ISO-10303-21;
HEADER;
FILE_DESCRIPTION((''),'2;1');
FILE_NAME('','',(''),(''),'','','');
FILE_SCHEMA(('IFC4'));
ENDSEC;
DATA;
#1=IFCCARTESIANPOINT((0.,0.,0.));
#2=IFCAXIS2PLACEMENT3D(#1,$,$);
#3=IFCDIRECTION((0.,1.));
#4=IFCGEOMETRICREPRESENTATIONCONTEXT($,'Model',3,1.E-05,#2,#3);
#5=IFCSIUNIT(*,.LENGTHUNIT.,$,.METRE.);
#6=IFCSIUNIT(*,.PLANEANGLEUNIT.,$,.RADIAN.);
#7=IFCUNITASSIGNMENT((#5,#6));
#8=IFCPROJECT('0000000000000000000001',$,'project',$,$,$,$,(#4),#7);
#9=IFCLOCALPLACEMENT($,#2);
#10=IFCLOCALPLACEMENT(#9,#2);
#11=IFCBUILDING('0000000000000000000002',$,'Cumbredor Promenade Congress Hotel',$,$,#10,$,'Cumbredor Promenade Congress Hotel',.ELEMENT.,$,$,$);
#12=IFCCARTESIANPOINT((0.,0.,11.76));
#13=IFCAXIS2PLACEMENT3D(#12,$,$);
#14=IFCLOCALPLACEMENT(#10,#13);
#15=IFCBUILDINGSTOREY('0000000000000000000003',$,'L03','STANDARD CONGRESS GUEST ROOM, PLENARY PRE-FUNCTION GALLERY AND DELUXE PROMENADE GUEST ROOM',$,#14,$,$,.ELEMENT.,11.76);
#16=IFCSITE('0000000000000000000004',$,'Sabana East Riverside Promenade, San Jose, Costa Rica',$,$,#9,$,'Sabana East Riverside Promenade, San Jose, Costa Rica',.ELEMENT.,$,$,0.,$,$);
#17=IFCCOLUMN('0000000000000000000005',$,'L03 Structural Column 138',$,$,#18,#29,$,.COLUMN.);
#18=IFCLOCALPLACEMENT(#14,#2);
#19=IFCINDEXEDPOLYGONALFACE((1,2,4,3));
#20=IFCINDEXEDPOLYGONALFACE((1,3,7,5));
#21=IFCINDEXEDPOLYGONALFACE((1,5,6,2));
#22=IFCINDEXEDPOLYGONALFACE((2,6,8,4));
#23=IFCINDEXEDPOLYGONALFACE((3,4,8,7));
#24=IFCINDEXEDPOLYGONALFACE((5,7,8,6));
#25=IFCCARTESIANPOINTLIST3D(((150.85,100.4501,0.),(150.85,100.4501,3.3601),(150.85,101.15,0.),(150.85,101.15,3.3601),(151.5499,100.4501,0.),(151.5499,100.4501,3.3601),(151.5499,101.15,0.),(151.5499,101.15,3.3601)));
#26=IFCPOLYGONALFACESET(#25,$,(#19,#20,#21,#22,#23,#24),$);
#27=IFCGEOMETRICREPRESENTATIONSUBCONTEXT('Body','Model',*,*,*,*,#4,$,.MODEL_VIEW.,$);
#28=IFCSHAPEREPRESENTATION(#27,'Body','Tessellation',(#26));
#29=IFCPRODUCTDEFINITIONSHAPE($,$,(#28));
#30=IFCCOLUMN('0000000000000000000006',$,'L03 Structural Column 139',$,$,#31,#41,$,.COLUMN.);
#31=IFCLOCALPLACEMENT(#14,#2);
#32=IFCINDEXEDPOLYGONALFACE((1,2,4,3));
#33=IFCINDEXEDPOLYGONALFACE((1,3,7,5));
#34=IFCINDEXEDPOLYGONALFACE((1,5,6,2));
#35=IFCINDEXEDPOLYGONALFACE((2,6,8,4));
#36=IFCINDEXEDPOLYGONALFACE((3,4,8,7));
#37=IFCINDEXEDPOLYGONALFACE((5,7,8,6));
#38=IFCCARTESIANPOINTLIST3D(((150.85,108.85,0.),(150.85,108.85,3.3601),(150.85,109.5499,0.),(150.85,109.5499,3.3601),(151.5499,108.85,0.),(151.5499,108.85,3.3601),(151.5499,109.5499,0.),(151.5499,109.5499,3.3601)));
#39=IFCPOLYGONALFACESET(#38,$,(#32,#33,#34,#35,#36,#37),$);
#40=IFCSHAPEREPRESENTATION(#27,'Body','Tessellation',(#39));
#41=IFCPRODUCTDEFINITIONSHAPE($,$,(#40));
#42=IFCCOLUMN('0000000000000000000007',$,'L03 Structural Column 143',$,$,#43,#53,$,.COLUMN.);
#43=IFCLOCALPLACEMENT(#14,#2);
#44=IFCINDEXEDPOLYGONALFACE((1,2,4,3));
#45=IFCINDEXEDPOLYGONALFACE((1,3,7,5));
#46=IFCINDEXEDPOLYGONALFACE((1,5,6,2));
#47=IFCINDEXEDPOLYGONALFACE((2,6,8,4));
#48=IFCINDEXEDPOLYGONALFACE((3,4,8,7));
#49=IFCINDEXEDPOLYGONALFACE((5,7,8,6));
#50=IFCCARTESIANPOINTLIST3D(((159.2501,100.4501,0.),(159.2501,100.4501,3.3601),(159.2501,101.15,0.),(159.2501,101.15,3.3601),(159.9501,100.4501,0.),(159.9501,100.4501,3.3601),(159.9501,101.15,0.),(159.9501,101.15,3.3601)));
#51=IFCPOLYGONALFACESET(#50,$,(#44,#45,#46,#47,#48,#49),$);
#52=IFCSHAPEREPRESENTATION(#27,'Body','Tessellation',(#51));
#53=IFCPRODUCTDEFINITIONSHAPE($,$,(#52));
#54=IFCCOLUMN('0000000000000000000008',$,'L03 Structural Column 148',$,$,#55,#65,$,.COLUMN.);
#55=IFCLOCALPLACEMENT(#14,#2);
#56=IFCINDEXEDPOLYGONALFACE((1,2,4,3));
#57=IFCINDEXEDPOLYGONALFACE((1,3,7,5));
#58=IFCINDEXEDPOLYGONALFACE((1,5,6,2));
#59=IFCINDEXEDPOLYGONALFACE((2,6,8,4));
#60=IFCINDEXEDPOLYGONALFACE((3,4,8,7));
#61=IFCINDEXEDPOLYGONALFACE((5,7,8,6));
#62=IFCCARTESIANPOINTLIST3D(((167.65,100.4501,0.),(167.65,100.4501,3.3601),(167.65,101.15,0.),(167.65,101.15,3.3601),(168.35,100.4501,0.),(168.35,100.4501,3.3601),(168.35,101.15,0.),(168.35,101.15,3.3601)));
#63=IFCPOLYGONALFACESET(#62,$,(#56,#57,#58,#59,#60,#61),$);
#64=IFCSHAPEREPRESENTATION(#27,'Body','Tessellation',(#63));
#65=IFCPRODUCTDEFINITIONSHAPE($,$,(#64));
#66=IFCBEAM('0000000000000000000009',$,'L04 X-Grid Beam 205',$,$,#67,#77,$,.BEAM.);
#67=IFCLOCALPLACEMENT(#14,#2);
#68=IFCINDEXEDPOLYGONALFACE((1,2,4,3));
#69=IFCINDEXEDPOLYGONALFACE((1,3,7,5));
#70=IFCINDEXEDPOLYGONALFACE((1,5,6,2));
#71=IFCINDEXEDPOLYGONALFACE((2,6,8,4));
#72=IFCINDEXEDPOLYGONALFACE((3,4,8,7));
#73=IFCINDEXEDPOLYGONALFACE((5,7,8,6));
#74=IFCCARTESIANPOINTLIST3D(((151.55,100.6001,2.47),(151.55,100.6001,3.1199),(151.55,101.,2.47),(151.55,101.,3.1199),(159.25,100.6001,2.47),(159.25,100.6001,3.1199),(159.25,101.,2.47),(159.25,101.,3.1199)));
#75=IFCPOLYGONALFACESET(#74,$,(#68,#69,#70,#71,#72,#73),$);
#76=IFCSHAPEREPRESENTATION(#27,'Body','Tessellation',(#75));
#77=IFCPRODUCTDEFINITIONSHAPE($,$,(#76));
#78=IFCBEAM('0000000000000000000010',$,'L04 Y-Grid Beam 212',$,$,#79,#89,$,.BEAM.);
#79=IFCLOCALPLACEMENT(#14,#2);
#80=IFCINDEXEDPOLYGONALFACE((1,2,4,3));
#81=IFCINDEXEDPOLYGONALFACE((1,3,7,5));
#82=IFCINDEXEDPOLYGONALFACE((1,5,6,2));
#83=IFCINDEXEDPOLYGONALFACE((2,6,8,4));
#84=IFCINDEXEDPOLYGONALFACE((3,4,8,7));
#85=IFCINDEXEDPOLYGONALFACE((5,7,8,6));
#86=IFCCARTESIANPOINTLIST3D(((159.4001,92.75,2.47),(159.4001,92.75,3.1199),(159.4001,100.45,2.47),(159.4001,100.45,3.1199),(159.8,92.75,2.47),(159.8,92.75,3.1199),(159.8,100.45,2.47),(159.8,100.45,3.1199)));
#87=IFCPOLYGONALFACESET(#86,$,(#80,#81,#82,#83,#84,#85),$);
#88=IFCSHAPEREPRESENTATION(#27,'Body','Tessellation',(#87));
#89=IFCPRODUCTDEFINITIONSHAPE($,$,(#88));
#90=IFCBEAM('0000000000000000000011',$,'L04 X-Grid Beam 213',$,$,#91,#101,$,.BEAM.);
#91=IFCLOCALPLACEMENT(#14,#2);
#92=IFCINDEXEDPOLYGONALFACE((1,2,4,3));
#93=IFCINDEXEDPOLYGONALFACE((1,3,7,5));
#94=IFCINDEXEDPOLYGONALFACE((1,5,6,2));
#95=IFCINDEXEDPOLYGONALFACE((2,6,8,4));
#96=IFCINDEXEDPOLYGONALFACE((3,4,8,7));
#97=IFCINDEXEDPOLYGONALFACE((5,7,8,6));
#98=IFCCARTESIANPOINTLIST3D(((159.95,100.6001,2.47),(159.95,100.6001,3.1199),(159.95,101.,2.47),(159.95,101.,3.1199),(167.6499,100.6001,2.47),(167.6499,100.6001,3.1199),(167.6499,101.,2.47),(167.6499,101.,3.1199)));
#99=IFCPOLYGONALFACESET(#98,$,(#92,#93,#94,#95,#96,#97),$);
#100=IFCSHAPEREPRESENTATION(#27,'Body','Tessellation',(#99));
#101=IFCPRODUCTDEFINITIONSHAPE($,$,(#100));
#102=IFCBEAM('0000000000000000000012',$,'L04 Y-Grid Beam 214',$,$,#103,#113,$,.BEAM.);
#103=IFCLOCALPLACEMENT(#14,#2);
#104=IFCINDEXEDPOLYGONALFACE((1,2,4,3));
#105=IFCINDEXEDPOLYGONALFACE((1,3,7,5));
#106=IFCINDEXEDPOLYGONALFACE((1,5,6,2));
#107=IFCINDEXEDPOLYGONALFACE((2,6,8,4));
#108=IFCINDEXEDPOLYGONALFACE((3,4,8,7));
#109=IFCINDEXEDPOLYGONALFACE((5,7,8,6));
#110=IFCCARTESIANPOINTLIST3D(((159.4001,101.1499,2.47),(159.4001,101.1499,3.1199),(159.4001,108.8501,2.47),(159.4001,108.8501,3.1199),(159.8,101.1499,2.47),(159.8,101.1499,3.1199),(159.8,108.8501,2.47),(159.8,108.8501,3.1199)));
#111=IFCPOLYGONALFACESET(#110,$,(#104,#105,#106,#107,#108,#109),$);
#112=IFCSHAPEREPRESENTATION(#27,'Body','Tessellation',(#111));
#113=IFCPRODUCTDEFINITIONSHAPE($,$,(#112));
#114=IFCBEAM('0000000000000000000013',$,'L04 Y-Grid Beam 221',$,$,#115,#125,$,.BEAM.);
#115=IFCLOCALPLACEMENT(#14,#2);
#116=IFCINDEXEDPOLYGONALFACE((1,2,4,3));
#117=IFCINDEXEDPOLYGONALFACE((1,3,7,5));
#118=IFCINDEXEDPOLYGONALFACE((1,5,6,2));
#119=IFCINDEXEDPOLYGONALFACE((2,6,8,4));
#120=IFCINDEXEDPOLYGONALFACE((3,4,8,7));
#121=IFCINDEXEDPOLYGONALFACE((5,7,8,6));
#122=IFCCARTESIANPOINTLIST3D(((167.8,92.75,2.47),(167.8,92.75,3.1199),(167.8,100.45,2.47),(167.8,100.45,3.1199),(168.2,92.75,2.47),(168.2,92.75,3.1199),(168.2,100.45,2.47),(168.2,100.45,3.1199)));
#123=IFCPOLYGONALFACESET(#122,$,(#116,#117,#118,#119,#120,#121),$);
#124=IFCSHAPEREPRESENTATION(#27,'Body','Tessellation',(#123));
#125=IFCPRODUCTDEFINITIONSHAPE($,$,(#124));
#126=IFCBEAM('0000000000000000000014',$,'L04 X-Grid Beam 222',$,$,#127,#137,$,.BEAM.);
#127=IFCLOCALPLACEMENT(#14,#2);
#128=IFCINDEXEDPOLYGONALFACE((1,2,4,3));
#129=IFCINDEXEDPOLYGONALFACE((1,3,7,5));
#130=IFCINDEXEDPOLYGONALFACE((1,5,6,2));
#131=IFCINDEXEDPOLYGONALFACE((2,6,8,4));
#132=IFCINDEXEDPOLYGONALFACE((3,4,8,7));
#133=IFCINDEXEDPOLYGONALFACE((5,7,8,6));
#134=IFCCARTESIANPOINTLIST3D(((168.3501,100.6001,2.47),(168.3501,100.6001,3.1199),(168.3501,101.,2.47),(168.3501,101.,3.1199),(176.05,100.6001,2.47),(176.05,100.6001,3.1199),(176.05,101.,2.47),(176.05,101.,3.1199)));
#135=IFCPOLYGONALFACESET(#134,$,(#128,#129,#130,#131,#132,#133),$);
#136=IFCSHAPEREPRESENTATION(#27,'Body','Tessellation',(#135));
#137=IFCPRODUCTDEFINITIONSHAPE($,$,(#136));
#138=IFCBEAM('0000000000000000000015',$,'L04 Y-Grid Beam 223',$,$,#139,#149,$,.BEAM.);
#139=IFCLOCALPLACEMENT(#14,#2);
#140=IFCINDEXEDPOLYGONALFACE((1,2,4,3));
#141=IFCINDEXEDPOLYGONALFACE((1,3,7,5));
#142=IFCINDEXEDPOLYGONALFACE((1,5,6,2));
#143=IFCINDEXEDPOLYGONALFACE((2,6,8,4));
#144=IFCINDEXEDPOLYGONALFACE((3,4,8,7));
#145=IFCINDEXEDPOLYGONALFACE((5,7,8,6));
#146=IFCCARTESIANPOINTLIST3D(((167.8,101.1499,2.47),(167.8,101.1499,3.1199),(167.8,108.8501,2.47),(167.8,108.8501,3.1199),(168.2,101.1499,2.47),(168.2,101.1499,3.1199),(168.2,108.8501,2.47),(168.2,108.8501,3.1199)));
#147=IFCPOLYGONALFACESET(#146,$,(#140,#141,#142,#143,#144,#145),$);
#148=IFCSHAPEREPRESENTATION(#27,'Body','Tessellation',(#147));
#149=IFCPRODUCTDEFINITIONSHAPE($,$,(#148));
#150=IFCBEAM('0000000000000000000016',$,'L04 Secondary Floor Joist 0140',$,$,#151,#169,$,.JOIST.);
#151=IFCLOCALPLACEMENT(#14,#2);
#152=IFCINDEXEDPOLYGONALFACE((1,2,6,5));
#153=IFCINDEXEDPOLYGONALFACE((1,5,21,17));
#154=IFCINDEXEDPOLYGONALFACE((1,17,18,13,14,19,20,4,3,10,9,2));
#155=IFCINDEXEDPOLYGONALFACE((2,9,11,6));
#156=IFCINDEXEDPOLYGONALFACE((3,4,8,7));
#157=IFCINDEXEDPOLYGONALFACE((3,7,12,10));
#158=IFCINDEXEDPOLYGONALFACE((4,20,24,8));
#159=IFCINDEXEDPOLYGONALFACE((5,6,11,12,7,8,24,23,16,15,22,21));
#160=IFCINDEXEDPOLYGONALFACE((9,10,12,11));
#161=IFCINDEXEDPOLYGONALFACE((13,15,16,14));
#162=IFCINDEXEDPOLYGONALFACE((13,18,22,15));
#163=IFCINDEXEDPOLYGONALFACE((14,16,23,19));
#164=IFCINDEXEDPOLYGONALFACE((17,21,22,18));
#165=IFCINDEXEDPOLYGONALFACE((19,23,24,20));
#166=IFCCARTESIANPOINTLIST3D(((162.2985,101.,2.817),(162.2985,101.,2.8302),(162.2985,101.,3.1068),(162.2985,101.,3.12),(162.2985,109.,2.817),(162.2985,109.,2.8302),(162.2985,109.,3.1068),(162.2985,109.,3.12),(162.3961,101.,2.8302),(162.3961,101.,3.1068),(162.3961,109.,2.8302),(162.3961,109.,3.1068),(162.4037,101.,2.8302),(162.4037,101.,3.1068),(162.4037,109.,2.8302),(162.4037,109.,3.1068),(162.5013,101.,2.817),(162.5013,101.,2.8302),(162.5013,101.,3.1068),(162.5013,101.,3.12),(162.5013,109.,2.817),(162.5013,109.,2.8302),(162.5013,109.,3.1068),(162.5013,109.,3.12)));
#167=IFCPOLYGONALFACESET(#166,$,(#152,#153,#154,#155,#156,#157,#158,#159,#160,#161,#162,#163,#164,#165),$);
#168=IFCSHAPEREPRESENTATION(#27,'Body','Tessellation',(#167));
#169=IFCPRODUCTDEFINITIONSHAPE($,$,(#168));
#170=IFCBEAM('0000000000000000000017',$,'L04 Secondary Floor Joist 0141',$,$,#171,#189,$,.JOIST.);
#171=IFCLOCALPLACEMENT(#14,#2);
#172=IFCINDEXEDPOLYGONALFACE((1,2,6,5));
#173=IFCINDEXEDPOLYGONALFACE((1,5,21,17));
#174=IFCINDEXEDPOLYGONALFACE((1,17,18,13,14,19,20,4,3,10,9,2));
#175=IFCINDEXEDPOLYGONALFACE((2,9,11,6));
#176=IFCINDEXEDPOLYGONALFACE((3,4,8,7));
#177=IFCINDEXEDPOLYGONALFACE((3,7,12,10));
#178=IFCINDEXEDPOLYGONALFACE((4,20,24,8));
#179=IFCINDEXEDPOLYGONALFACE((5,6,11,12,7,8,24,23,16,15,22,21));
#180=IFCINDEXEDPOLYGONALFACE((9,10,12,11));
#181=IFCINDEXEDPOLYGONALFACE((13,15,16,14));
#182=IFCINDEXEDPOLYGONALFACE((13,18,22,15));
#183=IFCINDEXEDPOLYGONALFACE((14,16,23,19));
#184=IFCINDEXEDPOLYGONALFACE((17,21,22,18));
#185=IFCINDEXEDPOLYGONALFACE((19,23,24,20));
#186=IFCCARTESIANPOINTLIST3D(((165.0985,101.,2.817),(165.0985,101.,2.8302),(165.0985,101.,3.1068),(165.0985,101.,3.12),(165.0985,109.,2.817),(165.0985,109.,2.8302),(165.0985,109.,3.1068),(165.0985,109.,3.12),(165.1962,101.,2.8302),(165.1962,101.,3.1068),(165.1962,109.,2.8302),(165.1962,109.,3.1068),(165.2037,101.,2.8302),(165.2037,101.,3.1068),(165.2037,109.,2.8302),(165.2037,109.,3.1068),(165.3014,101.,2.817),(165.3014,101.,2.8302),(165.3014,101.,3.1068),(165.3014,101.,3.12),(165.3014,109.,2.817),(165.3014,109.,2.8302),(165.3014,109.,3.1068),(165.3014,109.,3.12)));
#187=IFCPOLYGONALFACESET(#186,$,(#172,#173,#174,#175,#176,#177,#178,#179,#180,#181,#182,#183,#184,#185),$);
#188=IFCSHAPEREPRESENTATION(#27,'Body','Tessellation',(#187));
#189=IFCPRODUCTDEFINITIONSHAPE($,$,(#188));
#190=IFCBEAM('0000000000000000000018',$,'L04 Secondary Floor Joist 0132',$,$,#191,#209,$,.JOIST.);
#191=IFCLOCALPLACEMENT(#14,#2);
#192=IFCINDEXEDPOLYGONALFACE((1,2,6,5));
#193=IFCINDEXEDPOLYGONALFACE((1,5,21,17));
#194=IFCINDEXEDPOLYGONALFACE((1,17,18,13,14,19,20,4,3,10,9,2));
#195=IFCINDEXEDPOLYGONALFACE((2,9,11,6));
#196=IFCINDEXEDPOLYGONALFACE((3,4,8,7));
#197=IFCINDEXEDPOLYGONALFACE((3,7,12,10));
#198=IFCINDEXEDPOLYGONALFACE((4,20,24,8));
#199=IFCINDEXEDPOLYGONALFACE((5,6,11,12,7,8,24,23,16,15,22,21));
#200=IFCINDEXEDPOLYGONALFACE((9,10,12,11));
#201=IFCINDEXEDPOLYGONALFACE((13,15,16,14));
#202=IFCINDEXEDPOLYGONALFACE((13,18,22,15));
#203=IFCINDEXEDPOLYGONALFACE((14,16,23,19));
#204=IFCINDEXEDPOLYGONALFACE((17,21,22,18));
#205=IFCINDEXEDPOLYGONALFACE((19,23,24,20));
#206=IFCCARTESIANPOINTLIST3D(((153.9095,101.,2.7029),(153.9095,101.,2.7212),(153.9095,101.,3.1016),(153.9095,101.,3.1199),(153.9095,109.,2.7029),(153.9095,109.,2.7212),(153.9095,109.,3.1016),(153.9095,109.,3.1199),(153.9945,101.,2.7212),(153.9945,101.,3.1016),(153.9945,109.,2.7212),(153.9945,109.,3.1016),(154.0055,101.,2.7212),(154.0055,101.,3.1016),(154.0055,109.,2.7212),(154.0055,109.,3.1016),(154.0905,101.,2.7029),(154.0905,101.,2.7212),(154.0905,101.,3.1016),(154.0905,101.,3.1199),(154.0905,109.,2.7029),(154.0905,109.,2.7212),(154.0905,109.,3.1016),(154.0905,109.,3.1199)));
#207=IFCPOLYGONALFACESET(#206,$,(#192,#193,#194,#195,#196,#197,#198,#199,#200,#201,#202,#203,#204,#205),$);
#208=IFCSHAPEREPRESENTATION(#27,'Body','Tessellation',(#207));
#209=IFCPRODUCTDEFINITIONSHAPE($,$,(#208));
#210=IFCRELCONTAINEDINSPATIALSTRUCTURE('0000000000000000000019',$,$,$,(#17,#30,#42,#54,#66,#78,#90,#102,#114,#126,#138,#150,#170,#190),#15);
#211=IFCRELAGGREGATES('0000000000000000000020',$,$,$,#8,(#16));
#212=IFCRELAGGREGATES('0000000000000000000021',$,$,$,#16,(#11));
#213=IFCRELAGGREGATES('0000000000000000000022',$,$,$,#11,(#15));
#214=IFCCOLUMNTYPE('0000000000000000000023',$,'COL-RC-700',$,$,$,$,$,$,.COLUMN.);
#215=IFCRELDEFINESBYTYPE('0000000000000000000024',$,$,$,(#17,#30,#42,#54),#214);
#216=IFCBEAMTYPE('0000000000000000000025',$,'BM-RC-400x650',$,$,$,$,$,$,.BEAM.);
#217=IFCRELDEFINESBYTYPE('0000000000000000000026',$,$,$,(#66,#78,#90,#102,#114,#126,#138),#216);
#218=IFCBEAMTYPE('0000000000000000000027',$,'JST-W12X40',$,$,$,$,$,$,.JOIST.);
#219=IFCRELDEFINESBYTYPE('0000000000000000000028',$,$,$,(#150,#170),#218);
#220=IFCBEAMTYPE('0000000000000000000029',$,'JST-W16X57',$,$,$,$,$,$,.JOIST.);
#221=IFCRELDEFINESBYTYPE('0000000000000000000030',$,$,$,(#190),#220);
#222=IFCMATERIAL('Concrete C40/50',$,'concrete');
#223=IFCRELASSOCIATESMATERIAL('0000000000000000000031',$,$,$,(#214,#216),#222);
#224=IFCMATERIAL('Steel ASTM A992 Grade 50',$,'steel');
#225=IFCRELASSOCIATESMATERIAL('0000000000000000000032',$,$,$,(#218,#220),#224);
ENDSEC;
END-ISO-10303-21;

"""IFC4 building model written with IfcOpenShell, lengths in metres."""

from ifc_helpers import new_model, si_unit, direction, frame, origin, origin_2d, place, context, subcontext, project, spatial, rectangle, i_section, extrude, material, material_profile, profile_set, type_object, element, save


model = new_model("IFC4")

# Units and contexts
model_context = context("Model", 3, precision=1e-05, world=origin(), true_north=direction((0.0, 1.0)))
body_context = subcontext(model_context, "Body", "Model", "MODEL_VIEW")
ifc_project = project(units=[si_unit("LENGTHUNIT", "METRE"), si_unit("PLANEANGLEUNIT", "RADIAN")], contexts=[model_context])

# Site, building, storey
site_placement = place(None, origin())
site = spatial("IfcSite", under=ifc_project, at=site_placement, Name="Sabana East Riverside Promenade, San Jose, Costa Rica", LongName="Sabana East Riverside Promenade, San Jose, Costa Rica", CompositionType="ELEMENT", RefElevation=0.0)
building_placement = place(site_placement, origin())
building = spatial("IfcBuilding", under=site, at=building_placement, Name="Cumbredor Promenade Congress Hotel", LongName="Cumbredor Promenade Congress Hotel", CompositionType="ELEMENT")
storey_placement = place(building_placement, frame((0.0, 0.0, 11.76)))
storey = spatial("IfcBuildingStorey", under=building, at=storey_placement, Name="L03", Description="STANDARD CONGRESS GUEST ROOM, PLENARY PRE-FUNCTION GALLERY AND DELUXE PROMENADE GUEST ROOM", CompositionType="ELEMENT", Elevation=11.76)

# Columns
ifc_material_1 = material(Name="Concrete C40/50", Category="concrete")
ifc_material_profile_1 = material_profile(ifc_material_1, rectangle(XDim=0.7, YDim=0.7, at=origin_2d()), Name="RC 700x700")
ifc_profile_set_1 = profile_set([ifc_material_profile_1], Name="Concrete C40/50")
column_type = type_object("IfcColumnType", Name="COL-RC-700", PredefinedType="COLUMN", material=ifc_profile_set_1)
for number, where, z_axis, x_axis, name in (
    (1, (151.2, 100.8, 0.0), (0.0, 0.0, 1.0), (1.0, 0.0, 0.0), "L03 Structural Column 138"),
    (2, (151.2, 109.2, 0.0), (0.0, 0.0, 1.0), (1.0, 0.0, 0.0), "L03 Structural Column 139"),
    (3, (159.6001, 100.8, 0.0), (0.0, 0.0, 1.0), (1.0, 0.0, 0.0), "L03 Structural Column 143"),
    (4, (168.0, 100.8, 0.0), (0.0, 0.0, 1.0), (1.0, 0.0, 0.0), "L03 Structural Column 148"),
):
    element("IfcColumn", number, at=place(storey_placement, frame(where, z_axis=z_axis, x_axis=x_axis)), inside=storey, type_object=column_type, Name=name, PredefinedType="COLUMN", context=body_context, shape_type="SweptSolid", body=[
        extrude(rectangle(XDim=0.7, YDim=0.7, at=origin_2d()), origin(), (0.0, 0.0, 1.0), 3.3601),
    ])

# Beams
ifc_material_profile_2 = material_profile(ifc_material_1, rectangle(XDim=0.3999, YDim=0.6499, at=origin_2d()), Name="RC BEAM 400x650")
ifc_profile_set_2 = profile_set([ifc_material_profile_2], Name="Concrete C40/50")
beam_type_1 = type_object("IfcBeamType", Name="BM-RC-400x650", PredefinedType="BEAM", material=ifc_profile_set_2)
for number, where, z_axis, x_axis, name in (
    (5, (151.55, 100.8, 2.7949), (1.0, 0.0, 0.0), (0.0, 1.0, 0.0), "L04 X-Grid Beam 205"),
    (6, (159.6001, 92.75, 2.7949), (0.0, 1.0, 0.0), (-1.0, 0.0, 0.0), "L04 Y-Grid Beam 212"),
    (7, (159.95, 100.8, 2.7949), (1.0, 0.0, 0.0), (0.0, 1.0, 0.0), "L04 X-Grid Beam 213"),
):
    element("IfcBeam", number, at=place(storey_placement, frame(where, z_axis=z_axis, x_axis=x_axis)), inside=storey, type_object=beam_type_1, Name=name, PredefinedType="BEAM", context=body_context, shape_type="SweptSolid", body=[
        extrude(rectangle(XDim=0.3999, YDim=0.6499, at=origin_2d()), origin(), (0.0, 0.0, 1.0), 7.7),
    ])
beam_1_placement = place(storey_placement, frame((159.6001, 101.1499, 2.7949), z_axis=(0.0, 1.0, 0.0), x_axis=(-1.0, 0.0, 0.0)))
element("IfcBeam", 8, at=beam_1_placement, inside=storey, type_object=beam_type_1, Name="L04 Y-Grid Beam 214", PredefinedType="BEAM", context=body_context, shape_type="SweptSolid", body=[
    extrude(rectangle(XDim=0.3999, YDim=0.6499, at=origin_2d()), origin(), (0.0, 0.0, 1.0), 7.7002),
])
for number, where, z_axis, x_axis, name in (
    (9, (168.0, 92.75, 2.7949), (0.0, 1.0, 0.0), (-1.0, 0.0, 0.0), "L04 Y-Grid Beam 221"),
    (10, (168.3501, 100.8, 2.7949), (1.0, 0.0, 0.0), (0.0, 1.0, 0.0), "L04 X-Grid Beam 222"),
):
    element("IfcBeam", number, at=place(storey_placement, frame(where, z_axis=z_axis, x_axis=x_axis)), inside=storey, type_object=beam_type_1, Name=name, PredefinedType="BEAM", context=body_context, shape_type="SweptSolid", body=[
        extrude(rectangle(XDim=0.3999, YDim=0.6499, at=origin_2d()), origin(), (0.0, 0.0, 1.0), 7.7),
    ])
beam_2_placement = place(storey_placement, frame((168.0, 101.1499, 2.7949), z_axis=(0.0, 1.0, 0.0), x_axis=(-1.0, 0.0, 0.0)))
element("IfcBeam", 11, at=beam_2_placement, inside=storey, type_object=beam_type_1, Name="L04 Y-Grid Beam 223", PredefinedType="BEAM", context=body_context, shape_type="SweptSolid", body=[
    extrude(rectangle(XDim=0.3999, YDim=0.6499, at=origin_2d()), origin(), (0.0, 0.0, 1.0), 7.7002),
])
ifc_material_2 = material(Name="Steel ASTM A992 Grade 50", Category="steel")
ifc_material_profile_3 = material_profile(ifc_material_2, i_section(OverallWidth=0.2029, OverallDepth=0.303, WebThickness=0.0076, FlangeThickness=0.0132, at=origin_2d()), Name="W12X40")
ifc_profile_set_3 = profile_set([ifc_material_profile_3], Name="Steel ASTM A992 Grade 50")
beam_type_2 = type_object("IfcBeamType", Name="JST-W12X40", PredefinedType="JOIST", material=ifc_profile_set_3)
for number, where, z_axis, x_axis, name in (
    (12, (162.3999, 101.0, 2.9685), (0.0, 1.0, 0.0), (-1.0, 0.0, 0.0), "L04 Secondary Floor Joist 0140"),
    (13, (165.2, 101.0, 2.9685), (0.0, 1.0, 0.0), (-1.0, 0.0, 0.0), "L04 Secondary Floor Joist 0141"),
):
    element("IfcBeam", number, at=place(storey_placement, frame(where, z_axis=z_axis, x_axis=x_axis)), inside=storey, type_object=beam_type_2, Name=name, PredefinedType="JOIST", context=body_context, shape_type="SweptSolid", body=[
        extrude(i_section(OverallWidth=0.2029, OverallDepth=0.303, WebThickness=0.0076, FlangeThickness=0.0132, at=origin_2d()), origin(), (0.0, 0.0, 1.0), 8.0),
    ])
ifc_material_profile_4 = material_profile(ifc_material_2, i_section(OverallWidth=0.1809, OverallDepth=0.417, WebThickness=0.011, FlangeThickness=0.0183, at=origin_2d()), Name="W16X57")
ifc_profile_set_4 = profile_set([ifc_material_profile_4], Name="Steel ASTM A992 Grade 50")
beam_type_3 = type_object("IfcBeamType", Name="JST-W16X57", PredefinedType="JOIST", material=ifc_profile_set_4)
for number, where, z_axis, x_axis, name in (
    (14, (154.0, 101.0, 2.9114), (0.0, 1.0, 0.0), (-1.0, 0.0, 0.0), "L04 Secondary Floor Joist 0132"),
):
    element("IfcBeam", number, at=place(storey_placement, frame(where, z_axis=z_axis, x_axis=x_axis)), inside=storey, type_object=beam_type_3, Name=name, PredefinedType="JOIST", context=body_context, shape_type="SweptSolid", body=[
        extrude(i_section(OverallWidth=0.1809, OverallDepth=0.417, WebThickness=0.011, FlangeThickness=0.0183, at=origin_2d()), origin(), (0.0, 0.0, 1.0), 8.0),
    ])

save(model, "model.ifc")
